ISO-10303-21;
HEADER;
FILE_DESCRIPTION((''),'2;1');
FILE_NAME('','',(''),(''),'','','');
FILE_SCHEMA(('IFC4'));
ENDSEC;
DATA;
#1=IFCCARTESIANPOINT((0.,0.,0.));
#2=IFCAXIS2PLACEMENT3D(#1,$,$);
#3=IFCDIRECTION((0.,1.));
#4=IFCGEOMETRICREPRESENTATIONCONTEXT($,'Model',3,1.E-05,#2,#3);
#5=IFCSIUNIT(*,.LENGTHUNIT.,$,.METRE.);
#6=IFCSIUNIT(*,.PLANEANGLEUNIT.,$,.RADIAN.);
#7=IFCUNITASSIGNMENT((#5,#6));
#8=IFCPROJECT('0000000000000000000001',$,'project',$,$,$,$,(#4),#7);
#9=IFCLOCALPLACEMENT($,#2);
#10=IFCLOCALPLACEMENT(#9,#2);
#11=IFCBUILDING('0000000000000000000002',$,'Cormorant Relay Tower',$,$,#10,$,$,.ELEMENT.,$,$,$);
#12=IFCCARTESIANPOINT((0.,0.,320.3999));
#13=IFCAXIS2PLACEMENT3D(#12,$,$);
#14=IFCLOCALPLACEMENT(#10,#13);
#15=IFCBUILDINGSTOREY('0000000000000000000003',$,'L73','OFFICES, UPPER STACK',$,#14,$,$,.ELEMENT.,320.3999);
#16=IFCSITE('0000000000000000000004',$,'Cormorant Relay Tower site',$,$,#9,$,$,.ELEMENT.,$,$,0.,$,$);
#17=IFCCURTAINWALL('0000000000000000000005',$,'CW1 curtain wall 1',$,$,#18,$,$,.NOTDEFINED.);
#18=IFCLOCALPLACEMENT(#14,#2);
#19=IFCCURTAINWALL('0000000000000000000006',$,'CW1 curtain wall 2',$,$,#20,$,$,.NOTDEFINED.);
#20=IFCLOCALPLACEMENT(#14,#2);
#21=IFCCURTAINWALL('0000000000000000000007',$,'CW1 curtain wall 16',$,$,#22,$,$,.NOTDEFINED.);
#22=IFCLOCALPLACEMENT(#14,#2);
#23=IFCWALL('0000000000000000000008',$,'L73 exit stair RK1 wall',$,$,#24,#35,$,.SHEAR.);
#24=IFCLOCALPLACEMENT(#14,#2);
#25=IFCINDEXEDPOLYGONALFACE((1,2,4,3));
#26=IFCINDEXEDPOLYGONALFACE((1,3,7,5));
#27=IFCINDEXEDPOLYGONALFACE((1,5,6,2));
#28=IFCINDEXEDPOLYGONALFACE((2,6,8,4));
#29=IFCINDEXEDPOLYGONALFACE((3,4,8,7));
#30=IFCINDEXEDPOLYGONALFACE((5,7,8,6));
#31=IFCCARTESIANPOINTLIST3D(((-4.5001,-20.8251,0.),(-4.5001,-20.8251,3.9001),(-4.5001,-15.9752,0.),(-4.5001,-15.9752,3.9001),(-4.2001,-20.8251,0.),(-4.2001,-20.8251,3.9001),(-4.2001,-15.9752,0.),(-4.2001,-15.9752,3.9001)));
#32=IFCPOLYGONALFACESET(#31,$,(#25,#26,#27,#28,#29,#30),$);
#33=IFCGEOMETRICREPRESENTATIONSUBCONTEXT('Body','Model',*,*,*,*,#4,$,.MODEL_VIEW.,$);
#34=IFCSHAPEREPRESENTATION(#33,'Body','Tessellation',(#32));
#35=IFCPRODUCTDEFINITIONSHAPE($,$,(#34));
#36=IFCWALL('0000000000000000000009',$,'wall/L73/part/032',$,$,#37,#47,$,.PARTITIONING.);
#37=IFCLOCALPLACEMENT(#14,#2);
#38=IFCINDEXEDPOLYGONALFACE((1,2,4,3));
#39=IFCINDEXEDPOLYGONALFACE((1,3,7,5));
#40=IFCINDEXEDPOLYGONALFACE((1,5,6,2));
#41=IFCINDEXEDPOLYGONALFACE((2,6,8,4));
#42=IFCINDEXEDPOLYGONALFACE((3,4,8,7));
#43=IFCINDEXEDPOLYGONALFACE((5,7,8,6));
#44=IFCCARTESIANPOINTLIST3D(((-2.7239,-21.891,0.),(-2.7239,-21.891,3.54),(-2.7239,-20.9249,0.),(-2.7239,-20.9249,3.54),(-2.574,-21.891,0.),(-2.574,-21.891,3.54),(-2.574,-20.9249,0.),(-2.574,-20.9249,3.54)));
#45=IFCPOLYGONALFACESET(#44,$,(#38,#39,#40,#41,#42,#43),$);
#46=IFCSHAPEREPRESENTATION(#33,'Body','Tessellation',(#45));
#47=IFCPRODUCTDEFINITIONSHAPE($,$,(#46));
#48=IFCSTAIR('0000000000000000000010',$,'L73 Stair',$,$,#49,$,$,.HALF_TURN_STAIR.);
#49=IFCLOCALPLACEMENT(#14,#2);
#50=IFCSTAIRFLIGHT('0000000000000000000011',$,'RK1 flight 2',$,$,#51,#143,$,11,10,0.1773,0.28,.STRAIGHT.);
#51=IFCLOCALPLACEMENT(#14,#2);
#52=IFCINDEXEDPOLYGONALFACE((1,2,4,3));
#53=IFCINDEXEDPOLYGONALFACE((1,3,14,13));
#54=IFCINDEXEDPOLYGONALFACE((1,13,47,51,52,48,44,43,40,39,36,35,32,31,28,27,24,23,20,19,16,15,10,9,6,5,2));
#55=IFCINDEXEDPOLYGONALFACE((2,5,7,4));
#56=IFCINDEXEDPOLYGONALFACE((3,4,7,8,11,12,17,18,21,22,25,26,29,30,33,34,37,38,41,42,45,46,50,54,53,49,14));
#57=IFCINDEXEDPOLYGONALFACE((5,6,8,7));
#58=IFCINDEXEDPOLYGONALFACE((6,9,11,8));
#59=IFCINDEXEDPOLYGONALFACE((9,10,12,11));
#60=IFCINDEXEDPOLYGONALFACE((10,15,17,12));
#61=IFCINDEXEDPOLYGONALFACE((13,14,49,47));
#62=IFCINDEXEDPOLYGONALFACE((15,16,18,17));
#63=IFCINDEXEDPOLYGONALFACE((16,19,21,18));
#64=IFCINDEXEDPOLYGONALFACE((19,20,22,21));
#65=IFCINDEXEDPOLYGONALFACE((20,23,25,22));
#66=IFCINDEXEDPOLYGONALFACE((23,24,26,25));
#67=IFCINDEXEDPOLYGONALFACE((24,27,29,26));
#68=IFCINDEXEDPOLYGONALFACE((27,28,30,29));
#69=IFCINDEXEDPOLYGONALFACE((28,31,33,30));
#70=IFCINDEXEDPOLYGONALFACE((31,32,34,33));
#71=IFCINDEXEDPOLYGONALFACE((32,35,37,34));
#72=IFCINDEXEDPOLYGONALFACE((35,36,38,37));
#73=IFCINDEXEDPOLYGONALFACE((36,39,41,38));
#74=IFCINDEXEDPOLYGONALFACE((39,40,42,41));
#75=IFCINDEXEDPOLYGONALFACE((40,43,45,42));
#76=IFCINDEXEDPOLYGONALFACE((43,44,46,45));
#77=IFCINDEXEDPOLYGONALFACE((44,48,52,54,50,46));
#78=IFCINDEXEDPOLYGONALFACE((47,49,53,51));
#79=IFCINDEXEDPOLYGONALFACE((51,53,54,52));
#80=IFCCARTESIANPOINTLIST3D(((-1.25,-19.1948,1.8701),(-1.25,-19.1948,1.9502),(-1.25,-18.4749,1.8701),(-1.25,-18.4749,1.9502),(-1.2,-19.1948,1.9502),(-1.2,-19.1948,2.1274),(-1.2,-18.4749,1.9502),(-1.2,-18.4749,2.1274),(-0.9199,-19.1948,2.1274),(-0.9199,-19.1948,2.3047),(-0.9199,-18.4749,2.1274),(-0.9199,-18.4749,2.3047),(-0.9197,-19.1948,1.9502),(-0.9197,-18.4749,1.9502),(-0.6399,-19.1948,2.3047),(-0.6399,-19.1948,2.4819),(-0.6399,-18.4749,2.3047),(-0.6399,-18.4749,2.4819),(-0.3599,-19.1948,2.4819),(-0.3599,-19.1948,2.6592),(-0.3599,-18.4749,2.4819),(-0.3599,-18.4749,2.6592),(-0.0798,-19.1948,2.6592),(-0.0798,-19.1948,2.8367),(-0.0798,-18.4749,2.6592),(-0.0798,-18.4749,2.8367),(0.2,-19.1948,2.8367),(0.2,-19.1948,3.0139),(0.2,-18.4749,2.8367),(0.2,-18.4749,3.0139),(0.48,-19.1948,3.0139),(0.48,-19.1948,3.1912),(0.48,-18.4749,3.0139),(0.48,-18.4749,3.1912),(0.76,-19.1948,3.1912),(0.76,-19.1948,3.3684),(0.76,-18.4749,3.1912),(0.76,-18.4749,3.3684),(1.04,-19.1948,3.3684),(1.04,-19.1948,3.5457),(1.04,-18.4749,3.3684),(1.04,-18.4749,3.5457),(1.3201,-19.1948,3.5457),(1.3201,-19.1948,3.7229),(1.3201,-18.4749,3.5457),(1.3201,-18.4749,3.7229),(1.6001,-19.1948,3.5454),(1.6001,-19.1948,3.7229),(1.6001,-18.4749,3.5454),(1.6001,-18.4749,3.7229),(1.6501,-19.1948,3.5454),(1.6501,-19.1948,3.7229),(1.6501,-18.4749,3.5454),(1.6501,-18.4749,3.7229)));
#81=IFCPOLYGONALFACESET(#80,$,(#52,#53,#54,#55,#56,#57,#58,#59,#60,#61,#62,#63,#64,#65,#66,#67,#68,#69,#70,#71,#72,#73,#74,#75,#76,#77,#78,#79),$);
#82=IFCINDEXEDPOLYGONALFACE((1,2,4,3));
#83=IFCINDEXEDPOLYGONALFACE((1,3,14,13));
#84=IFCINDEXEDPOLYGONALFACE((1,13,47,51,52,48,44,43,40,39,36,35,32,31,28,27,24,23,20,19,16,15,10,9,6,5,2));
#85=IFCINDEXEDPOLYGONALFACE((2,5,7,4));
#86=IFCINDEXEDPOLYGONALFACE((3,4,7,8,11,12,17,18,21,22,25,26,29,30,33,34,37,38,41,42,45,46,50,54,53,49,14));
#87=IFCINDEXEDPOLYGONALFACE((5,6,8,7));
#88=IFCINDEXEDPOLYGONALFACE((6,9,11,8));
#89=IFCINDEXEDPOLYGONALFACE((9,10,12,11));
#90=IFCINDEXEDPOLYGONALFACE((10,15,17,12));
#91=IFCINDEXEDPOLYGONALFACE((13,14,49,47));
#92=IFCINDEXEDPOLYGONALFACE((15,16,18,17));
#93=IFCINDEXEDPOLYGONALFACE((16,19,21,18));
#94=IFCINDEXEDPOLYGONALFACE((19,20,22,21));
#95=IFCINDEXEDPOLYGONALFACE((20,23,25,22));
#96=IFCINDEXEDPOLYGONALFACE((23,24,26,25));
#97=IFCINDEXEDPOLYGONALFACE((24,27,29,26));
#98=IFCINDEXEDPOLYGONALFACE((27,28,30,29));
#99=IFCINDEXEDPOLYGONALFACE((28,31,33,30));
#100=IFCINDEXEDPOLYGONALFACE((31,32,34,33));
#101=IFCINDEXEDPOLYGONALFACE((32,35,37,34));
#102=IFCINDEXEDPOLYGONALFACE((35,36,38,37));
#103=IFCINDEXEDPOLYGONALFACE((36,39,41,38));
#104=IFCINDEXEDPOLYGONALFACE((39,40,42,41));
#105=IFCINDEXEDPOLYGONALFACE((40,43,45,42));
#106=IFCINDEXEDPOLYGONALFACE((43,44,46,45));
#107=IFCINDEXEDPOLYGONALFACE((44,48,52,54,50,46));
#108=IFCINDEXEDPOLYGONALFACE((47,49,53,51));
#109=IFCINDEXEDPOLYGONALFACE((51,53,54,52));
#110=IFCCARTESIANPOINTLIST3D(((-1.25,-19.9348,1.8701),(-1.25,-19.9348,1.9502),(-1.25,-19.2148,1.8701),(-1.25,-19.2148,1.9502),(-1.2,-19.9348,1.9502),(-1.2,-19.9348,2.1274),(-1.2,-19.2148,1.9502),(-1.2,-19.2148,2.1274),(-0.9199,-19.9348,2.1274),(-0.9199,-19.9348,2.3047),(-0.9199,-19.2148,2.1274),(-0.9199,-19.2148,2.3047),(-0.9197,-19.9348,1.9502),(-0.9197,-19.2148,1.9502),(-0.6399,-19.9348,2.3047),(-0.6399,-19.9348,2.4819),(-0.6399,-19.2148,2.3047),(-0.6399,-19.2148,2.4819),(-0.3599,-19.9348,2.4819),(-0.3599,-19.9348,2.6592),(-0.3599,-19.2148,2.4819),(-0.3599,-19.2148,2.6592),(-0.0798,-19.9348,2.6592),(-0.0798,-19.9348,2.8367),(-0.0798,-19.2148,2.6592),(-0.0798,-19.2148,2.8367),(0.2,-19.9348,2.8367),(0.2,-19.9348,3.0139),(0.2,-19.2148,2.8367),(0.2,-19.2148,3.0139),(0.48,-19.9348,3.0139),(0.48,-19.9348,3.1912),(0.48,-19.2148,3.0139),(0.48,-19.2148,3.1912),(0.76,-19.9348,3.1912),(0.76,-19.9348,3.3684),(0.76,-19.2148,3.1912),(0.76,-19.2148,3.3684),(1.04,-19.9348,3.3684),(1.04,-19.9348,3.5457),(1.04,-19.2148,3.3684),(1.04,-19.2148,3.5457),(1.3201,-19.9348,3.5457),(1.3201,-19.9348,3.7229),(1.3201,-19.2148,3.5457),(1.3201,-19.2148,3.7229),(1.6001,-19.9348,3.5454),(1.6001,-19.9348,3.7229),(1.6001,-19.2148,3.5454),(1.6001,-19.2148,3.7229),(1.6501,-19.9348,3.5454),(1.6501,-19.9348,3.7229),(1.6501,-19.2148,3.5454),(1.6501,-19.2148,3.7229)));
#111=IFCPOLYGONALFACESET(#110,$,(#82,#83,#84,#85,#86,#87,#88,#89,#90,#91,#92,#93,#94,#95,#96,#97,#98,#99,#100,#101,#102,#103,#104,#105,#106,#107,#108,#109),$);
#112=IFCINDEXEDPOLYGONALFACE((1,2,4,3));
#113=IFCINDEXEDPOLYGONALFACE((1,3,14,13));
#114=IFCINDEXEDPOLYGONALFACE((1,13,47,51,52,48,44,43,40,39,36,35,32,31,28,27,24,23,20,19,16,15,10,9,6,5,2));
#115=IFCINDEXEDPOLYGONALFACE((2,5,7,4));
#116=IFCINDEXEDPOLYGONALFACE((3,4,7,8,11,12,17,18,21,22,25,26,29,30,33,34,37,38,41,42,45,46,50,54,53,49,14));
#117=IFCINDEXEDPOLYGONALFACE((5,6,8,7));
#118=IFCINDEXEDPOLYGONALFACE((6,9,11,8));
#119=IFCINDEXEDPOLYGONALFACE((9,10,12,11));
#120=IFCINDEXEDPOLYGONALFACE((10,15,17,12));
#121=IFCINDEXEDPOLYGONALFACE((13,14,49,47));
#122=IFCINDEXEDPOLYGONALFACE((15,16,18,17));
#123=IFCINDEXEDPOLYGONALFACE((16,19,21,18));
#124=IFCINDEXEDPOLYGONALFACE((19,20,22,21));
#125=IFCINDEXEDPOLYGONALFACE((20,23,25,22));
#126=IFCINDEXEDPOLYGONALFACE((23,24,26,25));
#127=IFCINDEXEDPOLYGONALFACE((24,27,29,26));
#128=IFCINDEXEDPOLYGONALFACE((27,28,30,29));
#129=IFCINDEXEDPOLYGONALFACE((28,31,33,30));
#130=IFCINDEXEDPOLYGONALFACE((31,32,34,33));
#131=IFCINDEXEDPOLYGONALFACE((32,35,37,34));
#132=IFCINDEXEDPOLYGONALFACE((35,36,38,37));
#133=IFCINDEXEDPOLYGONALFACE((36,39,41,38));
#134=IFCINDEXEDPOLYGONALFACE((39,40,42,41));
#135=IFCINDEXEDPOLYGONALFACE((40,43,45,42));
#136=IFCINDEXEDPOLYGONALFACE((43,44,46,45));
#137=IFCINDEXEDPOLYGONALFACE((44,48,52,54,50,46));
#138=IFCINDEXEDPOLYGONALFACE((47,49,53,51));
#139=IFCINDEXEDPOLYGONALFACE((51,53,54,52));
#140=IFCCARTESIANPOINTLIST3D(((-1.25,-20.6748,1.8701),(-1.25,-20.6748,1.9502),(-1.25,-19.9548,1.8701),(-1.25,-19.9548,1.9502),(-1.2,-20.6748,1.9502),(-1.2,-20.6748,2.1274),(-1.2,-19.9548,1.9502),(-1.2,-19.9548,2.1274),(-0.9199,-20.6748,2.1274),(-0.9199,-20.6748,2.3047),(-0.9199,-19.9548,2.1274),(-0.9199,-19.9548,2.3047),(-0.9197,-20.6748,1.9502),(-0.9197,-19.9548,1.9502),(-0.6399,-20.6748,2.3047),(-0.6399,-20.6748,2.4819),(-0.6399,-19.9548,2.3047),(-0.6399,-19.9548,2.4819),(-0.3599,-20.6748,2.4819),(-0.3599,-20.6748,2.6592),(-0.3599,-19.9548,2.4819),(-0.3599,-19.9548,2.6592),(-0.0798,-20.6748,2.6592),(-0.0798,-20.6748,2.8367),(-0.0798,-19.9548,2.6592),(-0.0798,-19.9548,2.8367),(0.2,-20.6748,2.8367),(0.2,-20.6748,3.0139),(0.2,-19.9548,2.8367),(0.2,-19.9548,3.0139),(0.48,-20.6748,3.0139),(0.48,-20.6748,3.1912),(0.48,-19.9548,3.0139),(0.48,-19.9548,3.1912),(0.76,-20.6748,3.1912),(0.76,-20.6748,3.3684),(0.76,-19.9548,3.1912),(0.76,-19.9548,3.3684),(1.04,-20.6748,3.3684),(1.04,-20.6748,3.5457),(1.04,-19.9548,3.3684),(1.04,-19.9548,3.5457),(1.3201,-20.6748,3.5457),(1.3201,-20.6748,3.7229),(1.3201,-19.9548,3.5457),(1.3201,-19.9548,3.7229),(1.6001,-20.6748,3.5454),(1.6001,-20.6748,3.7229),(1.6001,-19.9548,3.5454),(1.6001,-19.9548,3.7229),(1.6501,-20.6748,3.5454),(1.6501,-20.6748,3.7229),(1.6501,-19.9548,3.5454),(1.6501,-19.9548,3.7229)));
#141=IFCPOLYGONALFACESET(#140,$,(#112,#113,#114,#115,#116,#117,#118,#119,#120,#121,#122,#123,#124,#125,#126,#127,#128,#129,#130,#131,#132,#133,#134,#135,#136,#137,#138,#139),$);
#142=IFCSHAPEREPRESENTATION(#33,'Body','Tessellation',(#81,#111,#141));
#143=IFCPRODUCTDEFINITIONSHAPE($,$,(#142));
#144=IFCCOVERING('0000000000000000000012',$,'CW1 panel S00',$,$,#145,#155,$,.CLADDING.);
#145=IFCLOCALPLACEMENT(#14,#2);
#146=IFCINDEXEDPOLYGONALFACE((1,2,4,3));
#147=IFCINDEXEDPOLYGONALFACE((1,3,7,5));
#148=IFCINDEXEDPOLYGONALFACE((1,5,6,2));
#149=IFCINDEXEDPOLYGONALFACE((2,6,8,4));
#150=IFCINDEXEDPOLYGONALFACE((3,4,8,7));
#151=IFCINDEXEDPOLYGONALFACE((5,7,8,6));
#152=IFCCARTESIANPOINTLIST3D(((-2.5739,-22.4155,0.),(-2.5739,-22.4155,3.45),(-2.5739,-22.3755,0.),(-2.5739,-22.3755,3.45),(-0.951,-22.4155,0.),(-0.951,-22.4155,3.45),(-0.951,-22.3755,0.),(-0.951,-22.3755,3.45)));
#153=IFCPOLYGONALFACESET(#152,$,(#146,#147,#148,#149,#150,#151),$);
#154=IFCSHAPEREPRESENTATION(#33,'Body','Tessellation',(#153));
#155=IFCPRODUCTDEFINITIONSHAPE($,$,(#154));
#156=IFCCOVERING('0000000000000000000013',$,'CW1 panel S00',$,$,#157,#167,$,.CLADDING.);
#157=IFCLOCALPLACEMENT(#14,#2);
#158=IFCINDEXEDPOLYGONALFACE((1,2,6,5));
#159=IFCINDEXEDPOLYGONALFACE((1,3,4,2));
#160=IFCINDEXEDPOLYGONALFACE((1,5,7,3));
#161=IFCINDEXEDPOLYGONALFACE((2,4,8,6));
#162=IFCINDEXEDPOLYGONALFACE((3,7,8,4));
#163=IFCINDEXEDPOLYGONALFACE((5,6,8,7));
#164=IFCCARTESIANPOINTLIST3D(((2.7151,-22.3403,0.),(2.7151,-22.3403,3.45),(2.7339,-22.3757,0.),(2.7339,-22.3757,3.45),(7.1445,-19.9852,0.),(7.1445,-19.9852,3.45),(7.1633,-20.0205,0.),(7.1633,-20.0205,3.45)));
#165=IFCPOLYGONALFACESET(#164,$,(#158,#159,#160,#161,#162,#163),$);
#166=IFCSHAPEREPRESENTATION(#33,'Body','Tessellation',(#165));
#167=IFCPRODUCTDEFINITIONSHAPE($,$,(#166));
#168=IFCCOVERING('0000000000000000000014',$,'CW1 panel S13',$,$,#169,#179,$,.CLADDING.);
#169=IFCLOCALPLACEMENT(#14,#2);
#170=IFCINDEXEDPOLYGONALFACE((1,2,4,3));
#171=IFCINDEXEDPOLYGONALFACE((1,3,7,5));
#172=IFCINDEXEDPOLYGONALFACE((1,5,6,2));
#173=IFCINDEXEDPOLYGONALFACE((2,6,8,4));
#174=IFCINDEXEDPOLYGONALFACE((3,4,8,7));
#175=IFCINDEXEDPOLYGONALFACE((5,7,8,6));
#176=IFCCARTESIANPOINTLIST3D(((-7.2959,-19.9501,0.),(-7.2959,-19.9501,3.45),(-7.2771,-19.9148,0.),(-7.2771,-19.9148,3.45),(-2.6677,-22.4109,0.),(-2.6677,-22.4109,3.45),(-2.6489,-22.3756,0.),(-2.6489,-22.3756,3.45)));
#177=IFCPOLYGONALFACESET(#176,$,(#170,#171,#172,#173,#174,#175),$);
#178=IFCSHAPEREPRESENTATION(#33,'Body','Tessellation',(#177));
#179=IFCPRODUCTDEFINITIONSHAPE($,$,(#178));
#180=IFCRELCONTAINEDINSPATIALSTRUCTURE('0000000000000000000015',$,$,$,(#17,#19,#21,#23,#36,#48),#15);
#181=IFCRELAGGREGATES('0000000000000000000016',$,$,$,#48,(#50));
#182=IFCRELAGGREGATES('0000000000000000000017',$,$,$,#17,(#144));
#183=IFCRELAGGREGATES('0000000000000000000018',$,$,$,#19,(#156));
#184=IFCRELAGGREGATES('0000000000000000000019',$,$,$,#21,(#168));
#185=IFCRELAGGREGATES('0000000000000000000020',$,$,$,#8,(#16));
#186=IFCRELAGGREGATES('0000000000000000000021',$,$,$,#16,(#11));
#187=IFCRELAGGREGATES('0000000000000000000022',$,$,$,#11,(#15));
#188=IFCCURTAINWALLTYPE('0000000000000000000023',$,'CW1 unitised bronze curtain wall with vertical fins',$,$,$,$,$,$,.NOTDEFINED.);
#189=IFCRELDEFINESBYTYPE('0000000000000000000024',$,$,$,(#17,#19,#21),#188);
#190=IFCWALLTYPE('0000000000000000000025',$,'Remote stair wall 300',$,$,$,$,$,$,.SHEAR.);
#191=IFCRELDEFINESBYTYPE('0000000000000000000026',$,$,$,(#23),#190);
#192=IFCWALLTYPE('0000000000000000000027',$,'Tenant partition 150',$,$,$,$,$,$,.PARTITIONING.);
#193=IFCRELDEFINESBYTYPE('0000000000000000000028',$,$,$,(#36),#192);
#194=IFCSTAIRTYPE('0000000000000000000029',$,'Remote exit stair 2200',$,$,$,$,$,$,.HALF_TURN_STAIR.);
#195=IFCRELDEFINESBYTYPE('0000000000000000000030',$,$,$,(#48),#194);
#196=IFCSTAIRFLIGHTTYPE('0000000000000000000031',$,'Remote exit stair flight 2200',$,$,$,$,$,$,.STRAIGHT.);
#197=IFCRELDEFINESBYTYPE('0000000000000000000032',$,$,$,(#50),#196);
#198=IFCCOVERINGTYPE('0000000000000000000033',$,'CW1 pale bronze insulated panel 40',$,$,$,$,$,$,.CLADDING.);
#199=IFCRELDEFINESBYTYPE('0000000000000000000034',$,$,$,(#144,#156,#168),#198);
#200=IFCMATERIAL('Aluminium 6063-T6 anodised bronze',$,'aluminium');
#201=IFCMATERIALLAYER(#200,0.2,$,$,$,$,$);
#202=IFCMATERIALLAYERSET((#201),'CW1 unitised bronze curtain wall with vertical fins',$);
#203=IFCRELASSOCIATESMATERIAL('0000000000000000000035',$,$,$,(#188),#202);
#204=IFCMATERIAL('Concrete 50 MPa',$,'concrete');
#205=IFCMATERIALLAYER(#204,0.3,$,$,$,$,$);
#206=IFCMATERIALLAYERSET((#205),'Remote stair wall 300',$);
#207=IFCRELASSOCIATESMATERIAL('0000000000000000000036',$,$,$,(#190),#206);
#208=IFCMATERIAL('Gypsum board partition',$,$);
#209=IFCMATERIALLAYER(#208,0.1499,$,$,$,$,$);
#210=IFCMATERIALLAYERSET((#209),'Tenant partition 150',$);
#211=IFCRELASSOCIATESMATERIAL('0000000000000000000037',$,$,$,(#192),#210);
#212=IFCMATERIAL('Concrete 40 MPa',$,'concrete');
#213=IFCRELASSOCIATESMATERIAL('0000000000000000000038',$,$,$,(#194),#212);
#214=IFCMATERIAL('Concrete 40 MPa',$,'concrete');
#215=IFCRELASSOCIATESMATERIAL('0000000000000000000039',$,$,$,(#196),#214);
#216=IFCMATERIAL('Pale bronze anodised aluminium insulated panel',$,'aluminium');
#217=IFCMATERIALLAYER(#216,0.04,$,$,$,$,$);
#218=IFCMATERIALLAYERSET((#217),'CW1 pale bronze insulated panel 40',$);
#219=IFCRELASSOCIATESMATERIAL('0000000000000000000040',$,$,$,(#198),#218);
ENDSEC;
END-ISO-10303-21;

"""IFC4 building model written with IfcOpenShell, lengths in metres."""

from ifc_helpers import new_model, si_unit, direction, frame, frame_2d, origin, origin_2d, place, context, subcontext, project, spatial, polyline, rectangle, outline, extrude, material, layer, layer_set, type_object, element, aggregate, save


model = new_model("IFC4")

# Units and contexts
model_context = context("Model", 3, precision=1e-05, world=origin(), true_north=direction((0.0, 1.0)))
body_context = subcontext(model_context, "Body", "Model", "MODEL_VIEW")
ifc_project = project(units=[si_unit("LENGTHUNIT", "METRE"), si_unit("PLANEANGLEUNIT", "RADIAN")], contexts=[model_context])

# Site, building, storey
site_placement = place(None, origin())
site = spatial("IfcSite", under=ifc_project, at=site_placement, Name="Cormorant Relay Tower site", CompositionType="ELEMENT", RefElevation=0.0)
building_placement = place(site_placement, origin())
building = spatial("IfcBuilding", under=site, at=building_placement, Name="Cormorant Relay Tower", CompositionType="ELEMENT")
storey_placement = place(building_placement, frame((0.0, 0.0, 320.3999)))
storey = spatial("IfcBuildingStorey", under=building, at=storey_placement, Name="L73", Description="OFFICES, UPPER STACK", CompositionType="ELEMENT", Elevation=320.3999)

# Curtain wall
ifc_material_1 = material(Name="Aluminium 6063-T6 anodised bronze", Category="aluminium")
ifc_layer_1 = layer(ifc_material_1, 0.2)
ifc_layer_set_1 = layer_set([ifc_layer_1], Name="CW1 unitised bronze curtain wall with vertical fins")
curtain_wall_type = type_object("IfcCurtainWallType", Name="CW1 unitised bronze curtain wall with vertical fins", PredefinedType="NOTDEFINED", material=ifc_layer_set_1)
curtain_wall_1_placement = place(storey_placement, origin())
curtain_wall_1 = element("IfcCurtainWall", 1, at=curtain_wall_1_placement, inside=storey, type_object=curtain_wall_type, Name="CW1 curtain wall 1", PredefinedType="NOTDEFINED")

# Curtain wall
curtain_wall_2_placement = place(storey_placement, origin())
curtain_wall_2 = element("IfcCurtainWall", 2, at=curtain_wall_2_placement, inside=storey, type_object=curtain_wall_type, Name="CW1 curtain wall 2", PredefinedType="NOTDEFINED")

# Curtain wall
curtain_wall_3_placement = place(storey_placement, origin())
curtain_wall_3 = element("IfcCurtainWall", 3, at=curtain_wall_3_placement, inside=storey, type_object=curtain_wall_type, Name="CW1 curtain wall 16", PredefinedType="NOTDEFINED")

# Walls
ifc_material_2 = material(Name="Concrete 50 MPa", Category="concrete")
ifc_layer_2 = layer(ifc_material_2, 0.3)
ifc_layer_set_2 = layer_set([ifc_layer_2], Name="Remote stair wall 300")
wall_type_1 = type_object("IfcWallType", Name="Remote stair wall 300", PredefinedType="SHEAR", material=ifc_layer_set_2)
wall_1_placement = place(storey_placement, frame((-4.3501, -20.825, 0.0), z_axis=(0.0, 0.0, 1.0), x_axis=(0.0, 1.0, 0.0)))
element("IfcWall", 4, at=wall_1_placement, inside=storey, type_object=wall_type_1, Name="L73 exit stair RK1 wall", PredefinedType="SHEAR", context=body_context, shape_type="SweptSolid", body=[
    extrude(rectangle(XDim=4.8499, YDim=0.3, at=frame_2d((2.4248, 0.0))), origin(), (0.0, 0.0, 1.0), 3.9001),
])
ifc_material_3 = material(Name="Gypsum board partition")
ifc_layer_3 = layer(ifc_material_3, 0.1499)
ifc_layer_set_3 = layer_set([ifc_layer_3], Name="Tenant partition 150")
wall_type_2 = type_object("IfcWallType", Name="Tenant partition 150", PredefinedType="PARTITIONING", material=ifc_layer_set_3)
wall_2_placement = place(storey_placement, frame((-2.6489, -20.925, 0.0), z_axis=(0.0, 0.0, 1.0), x_axis=(0.0, -1.0, 0.0)))
element("IfcWall", 5, at=wall_2_placement, inside=storey, type_object=wall_type_2, Name="wall/L73/part/032", PredefinedType="PARTITIONING", context=body_context, shape_type="SweptSolid", body=[
    extrude(rectangle(XDim=0.9661, YDim=0.1499, at=frame_2d((0.4829, 0.0))), origin(), (0.0, 0.0, 1.0), 3.54),
])

# Stair, stair flight
ifc_material_4 = material(Name="Concrete 40 MPa", Category="concrete")
stair_type = type_object("IfcStairType", Name="Remote exit stair 2200", PredefinedType="HALF_TURN_STAIR", material=ifc_material_4)
stair_placement = place(storey_placement, origin())
stair = element("IfcStair", 6, at=stair_placement, inside=storey, type_object=stair_type, Name="L73 Stair", PredefinedType="HALF_TURN_STAIR")
ifc_material_5 = material(Name="Concrete 40 MPa", Category="concrete")
stair_flight_type = type_object("IfcStairFlightType", Name="Remote exit stair flight 2200", PredefinedType="STRAIGHT", material=ifc_material_5)
stair_flight_placement = place(storey_placement, frame((-1.2, -19.575, 1.9502), z_axis=(0.0, 0.0, 1.0), x_axis=(1.0, 0.0, 0.0)))
stair_flight = element("IfcStairFlight", 7, at=stair_flight_placement, type_object=stair_flight_type, Name="RK1 flight 2", NumberOfRisers=11, NumberOfTreads=10, PredefinedType="STRAIGHT", RiserHeight=0.1773, TreadLength=0.28, context=body_context, shape_type="SweptSolid", body=[
    extrude(outline(polyline([(-0.05, -0.0801), (-0.05, 0.0), (0.0, 0.0), (0.0, 0.1772), (0.28, 0.1772), (0.28, 0.3545), (0.5601, 0.3545), (0.5601, 0.5317), (0.8401, 0.5317), (0.8401, 0.709), (1.1201, 0.709), (1.1201, 0.8865), (1.3999, 0.8865), (1.3999, 1.0637), (1.6799, 1.0637), (1.6799, 1.241), (1.96, 1.241), (1.96, 1.4182), (2.24, 1.4182), (2.24, 1.5955), (2.52, 1.5955), (2.52, 1.7727), (2.8, 1.7727), (2.8501, 1.7727), (2.8501, 1.5952), (2.8, 1.5952), (0.2803, 0.0), (-0.05, -0.0801)])), frame((0.0, 1.1001, 0.0), z_axis=(0.0, -1.0, 0.0), x_axis=(1.0, 0.0, 0.0)), (0.0, 0.0, 1.0), 0.72),
    extrude(outline(polyline([(-0.05, -0.0801), (-0.05, 0.0), (0.0, 0.0), (0.0, 0.1772), (0.28, 0.1772), (0.28, 0.3545), (0.5601, 0.3545), (0.5601, 0.5317), (0.8401, 0.5317), (0.8401, 0.709), (1.1201, 0.709), (1.1201, 0.8865), (1.3999, 0.8865), (1.3999, 1.0637), (1.6799, 1.0637), (1.6799, 1.241), (1.96, 1.241), (1.96, 1.4182), (2.24, 1.4182), (2.24, 1.5955), (2.52, 1.5955), (2.52, 1.7727), (2.8, 1.7727), (2.8501, 1.7727), (2.8501, 1.5952), (2.8, 1.5952), (0.2803, 0.0), (-0.05, -0.0801)])), frame((0.0, 0.3601, 0.0), z_axis=(0.0, -1.0, 0.0), x_axis=(1.0, 0.0, 0.0)), (0.0, 0.0, 1.0), 0.72),
    extrude(outline(polyline([(-0.05, -0.0801), (-0.05, 0.0), (0.0, 0.0), (0.0, 0.1772), (0.28, 0.1772), (0.28, 0.3545), (0.5601, 0.3545), (0.5601, 0.5317), (0.8401, 0.5317), (0.8401, 0.709), (1.1201, 0.709), (1.1201, 0.8865), (1.3999, 0.8865), (1.3999, 1.0637), (1.6799, 1.0637), (1.6799, 1.241), (1.96, 1.241), (1.96, 1.4182), (2.24, 1.4182), (2.24, 1.5955), (2.52, 1.5955), (2.52, 1.7727), (2.8, 1.7727), (2.8501, 1.7727), (2.8501, 1.5952), (2.8, 1.5952), (0.2803, 0.0), (-0.05, -0.0801)])), frame((0.0, -0.3799, 0.0), z_axis=(0.0, -1.0, 0.0), x_axis=(1.0, 0.0, 0.0)), (0.0, 0.0, 1.0), 0.72),
])
aggregate(stair, [stair_flight])

# Coverings
ifc_material_6 = material(Name="Pale bronze anodised aluminium insulated panel", Category="aluminium")
ifc_layer_4 = layer(ifc_material_6, 0.04)
ifc_layer_set_4 = layer_set([ifc_layer_4], Name="CW1 pale bronze insulated panel 40")
covering_type = type_object("IfcCoveringType", Name="CW1 pale bronze insulated panel 40", PredefinedType="CLADDING", material=ifc_layer_set_4)
covering_1_placement = place(storey_placement, frame((-1.7625, -22.3955, 0.0), z_axis=(0.0, 0.0, 1.0), x_axis=(1.0, 0.0, 0.0)))
covering_1 = element("IfcCovering", 8, at=covering_1_placement, type_object=covering_type, Name="CW1 panel S00", PredefinedType="CLADDING", context=body_context, shape_type="SweptSolid", body=[
    extrude(rectangle(XDim=1.6228, YDim=0.04, at=origin_2d()), origin(), (0.0, 0.0, 1.0), 3.45),
])
aggregate(curtain_wall_1, [covering_1])
covering_2_placement = place(storey_placement, frame((4.9392, -21.1804, 0.0), z_axis=(0.0, 0.0, 1.0), x_axis=(0.882948, 0.469472, 0.0)))
covering_2 = element("IfcCovering", 9, at=covering_2_placement, type_object=covering_type, Name="CW1 panel S00", PredefinedType="CLADDING", context=body_context, shape_type="SweptSolid", body=[
    extrude(rectangle(XDim=5.0166, YDim=0.04, at=origin_2d()), origin(), (0.0, 0.0, 1.0), 3.45),
])
aggregate(curtain_wall_2, [covering_2])
covering_3_placement = place(storey_placement, frame((-4.9724, -21.1628, 0.0), z_axis=(0.0, 0.0, 1.0), x_axis=(0.882948, -0.469472, 0.0)))
covering_3 = element("IfcCovering", 10, at=covering_3_placement, type_object=covering_type, Name="CW1 panel S13", PredefinedType="CLADDING", context=body_context, shape_type="SweptSolid", body=[
    extrude(rectangle(XDim=5.2417, YDim=0.04, at=origin_2d()), origin(), (0.0, 0.0, 1.0), 3.45),
])
aggregate(curtain_wall_3, [covering_3])

save(model, "model.ifc")
